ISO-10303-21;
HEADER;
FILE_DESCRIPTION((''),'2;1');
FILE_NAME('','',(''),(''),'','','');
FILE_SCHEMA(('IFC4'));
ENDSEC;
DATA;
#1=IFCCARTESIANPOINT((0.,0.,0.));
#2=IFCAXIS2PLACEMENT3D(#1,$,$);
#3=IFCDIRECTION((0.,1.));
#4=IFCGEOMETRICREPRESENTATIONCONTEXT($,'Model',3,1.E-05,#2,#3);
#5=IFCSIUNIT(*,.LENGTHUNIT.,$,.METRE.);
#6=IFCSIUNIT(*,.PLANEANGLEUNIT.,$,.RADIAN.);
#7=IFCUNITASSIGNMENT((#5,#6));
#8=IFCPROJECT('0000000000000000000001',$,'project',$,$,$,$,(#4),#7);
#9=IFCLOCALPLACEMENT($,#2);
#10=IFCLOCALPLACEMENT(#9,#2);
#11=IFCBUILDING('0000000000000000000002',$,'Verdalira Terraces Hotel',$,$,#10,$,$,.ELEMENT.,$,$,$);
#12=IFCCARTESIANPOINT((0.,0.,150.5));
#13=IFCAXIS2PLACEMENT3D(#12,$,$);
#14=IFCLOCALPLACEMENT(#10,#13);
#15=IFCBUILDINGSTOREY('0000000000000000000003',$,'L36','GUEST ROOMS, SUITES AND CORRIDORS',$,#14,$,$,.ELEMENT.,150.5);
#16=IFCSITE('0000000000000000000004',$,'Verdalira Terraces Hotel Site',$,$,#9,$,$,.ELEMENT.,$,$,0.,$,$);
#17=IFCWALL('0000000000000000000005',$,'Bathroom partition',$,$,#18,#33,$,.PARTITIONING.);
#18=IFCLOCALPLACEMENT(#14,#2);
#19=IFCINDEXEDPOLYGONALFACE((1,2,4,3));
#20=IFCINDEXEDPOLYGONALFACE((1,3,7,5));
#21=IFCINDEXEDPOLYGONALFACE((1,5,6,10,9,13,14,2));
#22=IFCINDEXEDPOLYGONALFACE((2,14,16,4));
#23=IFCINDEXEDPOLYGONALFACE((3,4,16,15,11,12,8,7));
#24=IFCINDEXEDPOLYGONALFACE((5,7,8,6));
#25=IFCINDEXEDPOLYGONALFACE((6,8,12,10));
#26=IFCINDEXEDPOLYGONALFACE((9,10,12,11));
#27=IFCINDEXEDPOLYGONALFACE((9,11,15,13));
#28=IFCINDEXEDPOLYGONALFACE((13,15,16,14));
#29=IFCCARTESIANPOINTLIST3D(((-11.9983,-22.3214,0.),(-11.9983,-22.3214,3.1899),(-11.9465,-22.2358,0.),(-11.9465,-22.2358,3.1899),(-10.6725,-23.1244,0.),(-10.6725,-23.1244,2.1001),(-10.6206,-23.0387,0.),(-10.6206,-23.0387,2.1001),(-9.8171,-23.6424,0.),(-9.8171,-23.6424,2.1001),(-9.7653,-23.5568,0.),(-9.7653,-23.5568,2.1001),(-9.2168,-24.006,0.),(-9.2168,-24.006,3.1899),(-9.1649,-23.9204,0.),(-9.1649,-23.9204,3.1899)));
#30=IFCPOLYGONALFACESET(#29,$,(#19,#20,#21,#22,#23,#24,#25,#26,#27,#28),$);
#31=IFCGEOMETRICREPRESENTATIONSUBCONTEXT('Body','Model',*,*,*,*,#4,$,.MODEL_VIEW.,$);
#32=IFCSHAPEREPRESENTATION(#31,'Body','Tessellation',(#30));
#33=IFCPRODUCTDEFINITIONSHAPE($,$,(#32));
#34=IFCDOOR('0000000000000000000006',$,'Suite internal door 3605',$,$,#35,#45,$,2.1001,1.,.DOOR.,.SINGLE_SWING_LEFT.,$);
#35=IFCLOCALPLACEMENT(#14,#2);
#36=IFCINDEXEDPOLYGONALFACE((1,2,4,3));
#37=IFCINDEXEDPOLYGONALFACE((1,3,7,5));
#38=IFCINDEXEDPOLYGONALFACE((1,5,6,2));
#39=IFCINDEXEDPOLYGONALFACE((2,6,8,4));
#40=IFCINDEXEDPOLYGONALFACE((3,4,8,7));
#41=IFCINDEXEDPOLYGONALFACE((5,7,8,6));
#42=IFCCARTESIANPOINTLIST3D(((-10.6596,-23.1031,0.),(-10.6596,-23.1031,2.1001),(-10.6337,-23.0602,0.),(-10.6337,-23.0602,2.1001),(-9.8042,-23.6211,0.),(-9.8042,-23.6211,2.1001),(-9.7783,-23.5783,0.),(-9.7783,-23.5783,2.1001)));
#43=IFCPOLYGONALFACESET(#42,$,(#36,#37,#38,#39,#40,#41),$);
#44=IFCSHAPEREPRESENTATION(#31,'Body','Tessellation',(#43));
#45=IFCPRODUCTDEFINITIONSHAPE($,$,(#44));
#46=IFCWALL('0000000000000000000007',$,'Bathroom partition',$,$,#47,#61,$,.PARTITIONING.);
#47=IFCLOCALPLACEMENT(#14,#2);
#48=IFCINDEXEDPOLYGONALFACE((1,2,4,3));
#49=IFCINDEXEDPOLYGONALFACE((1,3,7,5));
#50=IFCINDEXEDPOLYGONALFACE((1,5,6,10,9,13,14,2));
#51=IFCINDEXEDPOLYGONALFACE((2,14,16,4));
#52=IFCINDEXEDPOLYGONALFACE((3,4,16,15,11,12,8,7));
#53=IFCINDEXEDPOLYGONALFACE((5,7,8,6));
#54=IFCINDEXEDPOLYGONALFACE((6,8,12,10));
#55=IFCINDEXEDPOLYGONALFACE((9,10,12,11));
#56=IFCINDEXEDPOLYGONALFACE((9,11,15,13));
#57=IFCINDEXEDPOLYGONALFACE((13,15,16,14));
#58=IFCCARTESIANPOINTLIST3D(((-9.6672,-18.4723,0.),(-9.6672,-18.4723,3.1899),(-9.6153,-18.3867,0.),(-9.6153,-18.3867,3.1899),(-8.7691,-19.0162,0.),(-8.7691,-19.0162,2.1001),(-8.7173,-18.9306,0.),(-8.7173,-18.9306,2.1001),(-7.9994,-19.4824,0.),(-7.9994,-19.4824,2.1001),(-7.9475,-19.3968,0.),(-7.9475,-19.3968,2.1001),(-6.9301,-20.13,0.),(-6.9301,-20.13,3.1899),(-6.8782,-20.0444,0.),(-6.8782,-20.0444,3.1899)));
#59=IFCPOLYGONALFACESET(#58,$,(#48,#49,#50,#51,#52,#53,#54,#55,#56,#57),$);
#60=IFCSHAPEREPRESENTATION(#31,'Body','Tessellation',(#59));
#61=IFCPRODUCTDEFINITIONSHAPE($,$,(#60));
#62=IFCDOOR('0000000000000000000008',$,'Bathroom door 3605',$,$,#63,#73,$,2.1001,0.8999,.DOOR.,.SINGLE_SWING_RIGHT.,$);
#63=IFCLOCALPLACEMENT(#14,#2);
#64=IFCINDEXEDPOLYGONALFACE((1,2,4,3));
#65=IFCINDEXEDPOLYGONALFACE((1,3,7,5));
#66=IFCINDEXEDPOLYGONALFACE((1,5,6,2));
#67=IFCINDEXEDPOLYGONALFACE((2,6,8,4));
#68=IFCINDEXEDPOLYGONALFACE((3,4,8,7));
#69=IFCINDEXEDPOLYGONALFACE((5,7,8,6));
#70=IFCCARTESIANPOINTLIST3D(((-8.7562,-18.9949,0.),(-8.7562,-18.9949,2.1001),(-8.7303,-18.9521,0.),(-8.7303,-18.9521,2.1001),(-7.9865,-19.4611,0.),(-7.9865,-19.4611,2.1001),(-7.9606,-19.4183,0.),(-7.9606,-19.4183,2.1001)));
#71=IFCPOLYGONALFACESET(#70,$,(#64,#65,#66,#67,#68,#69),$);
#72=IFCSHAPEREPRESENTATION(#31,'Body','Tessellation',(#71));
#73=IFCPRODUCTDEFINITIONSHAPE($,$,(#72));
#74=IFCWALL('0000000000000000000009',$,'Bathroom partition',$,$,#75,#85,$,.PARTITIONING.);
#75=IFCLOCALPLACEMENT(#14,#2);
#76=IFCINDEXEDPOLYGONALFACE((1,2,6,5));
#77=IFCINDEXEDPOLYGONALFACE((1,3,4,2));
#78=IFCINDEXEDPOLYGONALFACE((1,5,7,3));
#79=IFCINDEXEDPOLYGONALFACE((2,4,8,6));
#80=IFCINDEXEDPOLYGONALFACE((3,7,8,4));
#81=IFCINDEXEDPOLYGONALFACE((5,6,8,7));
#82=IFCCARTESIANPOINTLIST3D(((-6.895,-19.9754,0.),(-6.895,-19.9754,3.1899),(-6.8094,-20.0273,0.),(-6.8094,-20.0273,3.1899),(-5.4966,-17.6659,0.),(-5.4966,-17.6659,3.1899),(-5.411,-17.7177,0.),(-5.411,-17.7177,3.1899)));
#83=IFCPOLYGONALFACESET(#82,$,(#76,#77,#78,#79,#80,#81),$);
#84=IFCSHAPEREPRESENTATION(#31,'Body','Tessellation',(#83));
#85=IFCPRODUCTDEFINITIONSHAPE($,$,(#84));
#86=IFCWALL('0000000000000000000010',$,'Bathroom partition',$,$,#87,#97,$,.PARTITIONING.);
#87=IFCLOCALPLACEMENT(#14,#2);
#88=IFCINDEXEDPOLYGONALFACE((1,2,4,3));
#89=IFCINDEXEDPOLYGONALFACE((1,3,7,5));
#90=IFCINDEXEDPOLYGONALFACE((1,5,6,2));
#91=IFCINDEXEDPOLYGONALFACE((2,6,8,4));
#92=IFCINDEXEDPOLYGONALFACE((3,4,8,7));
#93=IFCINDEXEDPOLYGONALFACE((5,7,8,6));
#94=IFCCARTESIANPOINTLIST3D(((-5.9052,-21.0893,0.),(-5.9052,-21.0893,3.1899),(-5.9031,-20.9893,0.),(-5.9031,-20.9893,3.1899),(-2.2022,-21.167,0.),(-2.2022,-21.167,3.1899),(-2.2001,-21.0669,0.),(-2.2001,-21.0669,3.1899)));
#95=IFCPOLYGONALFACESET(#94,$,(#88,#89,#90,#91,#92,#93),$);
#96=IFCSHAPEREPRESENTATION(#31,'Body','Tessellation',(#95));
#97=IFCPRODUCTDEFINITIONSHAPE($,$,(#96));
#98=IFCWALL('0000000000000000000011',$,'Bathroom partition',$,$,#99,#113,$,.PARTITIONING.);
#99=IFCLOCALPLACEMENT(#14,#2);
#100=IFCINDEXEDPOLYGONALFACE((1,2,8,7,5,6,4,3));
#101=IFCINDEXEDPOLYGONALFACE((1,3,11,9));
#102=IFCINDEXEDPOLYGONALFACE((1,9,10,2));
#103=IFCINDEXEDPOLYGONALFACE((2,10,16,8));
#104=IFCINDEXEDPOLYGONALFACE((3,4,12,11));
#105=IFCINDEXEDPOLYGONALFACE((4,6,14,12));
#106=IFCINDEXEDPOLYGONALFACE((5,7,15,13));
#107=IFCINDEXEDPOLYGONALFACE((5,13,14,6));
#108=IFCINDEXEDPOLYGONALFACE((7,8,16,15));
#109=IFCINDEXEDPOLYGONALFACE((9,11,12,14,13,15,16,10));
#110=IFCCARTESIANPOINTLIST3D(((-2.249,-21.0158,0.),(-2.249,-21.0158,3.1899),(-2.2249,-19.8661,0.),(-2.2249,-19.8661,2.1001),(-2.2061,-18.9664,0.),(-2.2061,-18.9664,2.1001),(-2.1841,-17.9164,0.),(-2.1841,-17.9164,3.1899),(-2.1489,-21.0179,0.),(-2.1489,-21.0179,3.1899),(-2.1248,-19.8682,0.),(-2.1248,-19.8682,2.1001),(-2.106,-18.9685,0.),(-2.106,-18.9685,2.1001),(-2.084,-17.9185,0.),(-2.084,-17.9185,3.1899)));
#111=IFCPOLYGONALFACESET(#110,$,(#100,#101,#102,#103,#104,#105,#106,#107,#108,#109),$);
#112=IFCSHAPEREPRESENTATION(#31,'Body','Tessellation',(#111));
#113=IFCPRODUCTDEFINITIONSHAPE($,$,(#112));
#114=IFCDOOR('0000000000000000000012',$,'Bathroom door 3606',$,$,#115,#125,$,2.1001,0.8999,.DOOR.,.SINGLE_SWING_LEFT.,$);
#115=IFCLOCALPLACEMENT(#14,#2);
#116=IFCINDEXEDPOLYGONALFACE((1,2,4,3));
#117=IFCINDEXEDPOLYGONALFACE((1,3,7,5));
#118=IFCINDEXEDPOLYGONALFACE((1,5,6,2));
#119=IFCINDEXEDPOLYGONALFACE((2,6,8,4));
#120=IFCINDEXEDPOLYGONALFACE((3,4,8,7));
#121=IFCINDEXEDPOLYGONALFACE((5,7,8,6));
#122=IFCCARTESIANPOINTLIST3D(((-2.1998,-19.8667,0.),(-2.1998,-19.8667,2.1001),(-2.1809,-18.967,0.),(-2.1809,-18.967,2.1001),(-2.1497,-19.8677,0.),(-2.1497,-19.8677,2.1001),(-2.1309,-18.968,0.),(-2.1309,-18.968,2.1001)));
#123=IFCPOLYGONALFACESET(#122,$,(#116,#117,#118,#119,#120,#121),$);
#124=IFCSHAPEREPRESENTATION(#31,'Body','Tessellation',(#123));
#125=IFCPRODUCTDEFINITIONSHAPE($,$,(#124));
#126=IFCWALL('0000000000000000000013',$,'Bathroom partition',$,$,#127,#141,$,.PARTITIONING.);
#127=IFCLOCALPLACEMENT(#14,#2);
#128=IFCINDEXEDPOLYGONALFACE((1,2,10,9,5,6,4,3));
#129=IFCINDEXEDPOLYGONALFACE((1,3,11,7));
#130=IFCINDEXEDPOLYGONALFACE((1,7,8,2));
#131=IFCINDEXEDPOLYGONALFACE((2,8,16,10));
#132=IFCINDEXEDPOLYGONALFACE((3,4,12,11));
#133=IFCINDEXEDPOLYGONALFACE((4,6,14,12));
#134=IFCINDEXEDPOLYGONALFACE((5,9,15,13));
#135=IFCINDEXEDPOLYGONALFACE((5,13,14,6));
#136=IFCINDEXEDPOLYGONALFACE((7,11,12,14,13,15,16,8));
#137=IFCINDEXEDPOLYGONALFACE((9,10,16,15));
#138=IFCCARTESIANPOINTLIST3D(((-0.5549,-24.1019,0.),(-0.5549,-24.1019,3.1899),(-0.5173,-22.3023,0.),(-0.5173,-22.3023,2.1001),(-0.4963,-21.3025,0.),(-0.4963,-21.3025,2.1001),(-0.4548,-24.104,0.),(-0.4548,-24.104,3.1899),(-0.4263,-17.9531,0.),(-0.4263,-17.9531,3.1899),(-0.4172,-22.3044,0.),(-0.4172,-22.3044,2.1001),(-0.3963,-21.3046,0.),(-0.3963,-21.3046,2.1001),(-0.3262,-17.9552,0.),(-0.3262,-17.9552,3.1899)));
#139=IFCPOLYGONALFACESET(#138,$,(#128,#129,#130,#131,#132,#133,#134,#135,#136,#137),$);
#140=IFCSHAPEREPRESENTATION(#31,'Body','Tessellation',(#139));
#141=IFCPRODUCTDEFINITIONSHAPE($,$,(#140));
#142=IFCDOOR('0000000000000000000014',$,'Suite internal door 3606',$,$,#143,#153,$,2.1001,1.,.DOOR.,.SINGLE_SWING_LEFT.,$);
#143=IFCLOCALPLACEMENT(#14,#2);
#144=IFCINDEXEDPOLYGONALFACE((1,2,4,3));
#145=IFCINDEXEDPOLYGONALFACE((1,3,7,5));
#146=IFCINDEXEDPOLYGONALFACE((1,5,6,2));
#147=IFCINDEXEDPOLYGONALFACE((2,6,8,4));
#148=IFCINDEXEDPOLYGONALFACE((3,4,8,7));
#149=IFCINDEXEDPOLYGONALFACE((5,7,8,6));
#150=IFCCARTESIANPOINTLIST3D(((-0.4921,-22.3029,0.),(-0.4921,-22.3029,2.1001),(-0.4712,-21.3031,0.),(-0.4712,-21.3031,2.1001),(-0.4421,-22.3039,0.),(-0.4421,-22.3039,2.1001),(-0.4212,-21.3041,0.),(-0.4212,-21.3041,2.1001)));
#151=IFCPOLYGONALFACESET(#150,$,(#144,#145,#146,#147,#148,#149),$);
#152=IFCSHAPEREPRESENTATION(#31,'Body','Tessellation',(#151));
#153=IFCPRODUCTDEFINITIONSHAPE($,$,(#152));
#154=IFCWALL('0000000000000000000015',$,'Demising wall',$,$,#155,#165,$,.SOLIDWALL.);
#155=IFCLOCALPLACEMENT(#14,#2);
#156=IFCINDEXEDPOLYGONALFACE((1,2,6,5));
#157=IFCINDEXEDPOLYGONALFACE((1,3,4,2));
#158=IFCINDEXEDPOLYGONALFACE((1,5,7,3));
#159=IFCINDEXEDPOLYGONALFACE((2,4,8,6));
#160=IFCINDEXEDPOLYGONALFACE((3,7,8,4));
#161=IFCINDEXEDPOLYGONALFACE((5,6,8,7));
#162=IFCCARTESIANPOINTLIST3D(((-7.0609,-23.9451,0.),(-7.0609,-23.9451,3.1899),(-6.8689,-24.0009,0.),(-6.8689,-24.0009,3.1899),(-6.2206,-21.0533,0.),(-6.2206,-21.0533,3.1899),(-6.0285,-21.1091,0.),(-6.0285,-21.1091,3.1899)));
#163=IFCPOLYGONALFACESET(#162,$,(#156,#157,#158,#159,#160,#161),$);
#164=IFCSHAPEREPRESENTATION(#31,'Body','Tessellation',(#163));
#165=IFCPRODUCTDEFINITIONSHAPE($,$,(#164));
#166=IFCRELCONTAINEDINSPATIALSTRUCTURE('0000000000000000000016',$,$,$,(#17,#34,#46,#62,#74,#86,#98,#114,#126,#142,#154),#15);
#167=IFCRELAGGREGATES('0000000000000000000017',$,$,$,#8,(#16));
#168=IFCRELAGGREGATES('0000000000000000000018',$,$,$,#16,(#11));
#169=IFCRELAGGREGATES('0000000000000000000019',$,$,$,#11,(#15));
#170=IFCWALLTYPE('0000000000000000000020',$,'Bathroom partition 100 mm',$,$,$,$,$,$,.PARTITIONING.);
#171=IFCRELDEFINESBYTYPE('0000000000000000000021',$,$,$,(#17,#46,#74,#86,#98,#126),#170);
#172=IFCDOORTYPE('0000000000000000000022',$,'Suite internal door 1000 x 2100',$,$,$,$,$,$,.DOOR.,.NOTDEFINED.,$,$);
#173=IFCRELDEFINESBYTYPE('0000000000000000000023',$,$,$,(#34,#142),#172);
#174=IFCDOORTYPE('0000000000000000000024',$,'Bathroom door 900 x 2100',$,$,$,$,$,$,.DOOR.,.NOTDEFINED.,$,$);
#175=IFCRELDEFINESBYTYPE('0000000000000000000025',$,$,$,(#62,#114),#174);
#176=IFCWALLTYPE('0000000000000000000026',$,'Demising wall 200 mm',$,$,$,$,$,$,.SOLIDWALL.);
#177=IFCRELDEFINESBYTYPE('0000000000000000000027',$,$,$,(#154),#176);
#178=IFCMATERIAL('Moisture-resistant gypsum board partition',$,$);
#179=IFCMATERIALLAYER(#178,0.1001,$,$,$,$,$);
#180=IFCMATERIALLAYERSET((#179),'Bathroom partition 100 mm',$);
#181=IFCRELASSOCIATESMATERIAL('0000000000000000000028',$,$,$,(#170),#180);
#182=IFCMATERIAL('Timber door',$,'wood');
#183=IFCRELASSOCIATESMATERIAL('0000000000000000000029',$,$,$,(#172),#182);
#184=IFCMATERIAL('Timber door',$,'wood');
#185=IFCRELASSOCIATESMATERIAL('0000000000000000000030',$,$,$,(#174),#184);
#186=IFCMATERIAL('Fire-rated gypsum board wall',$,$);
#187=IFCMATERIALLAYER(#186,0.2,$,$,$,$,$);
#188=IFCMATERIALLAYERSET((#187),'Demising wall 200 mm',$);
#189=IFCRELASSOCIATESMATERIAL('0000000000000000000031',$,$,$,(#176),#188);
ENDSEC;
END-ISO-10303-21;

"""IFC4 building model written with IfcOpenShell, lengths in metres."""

from ifc_helpers import new_model, si_unit, direction, frame, frame_2d, origin, place, context, subcontext, project, spatial, rectangle, extrude, material, layer, layer_set, type_object, element, fill, save


model = new_model("IFC4")

# Units and contexts
model_context = context("Model", 3, precision=1e-05, world=origin(), true_north=direction((0.0, 1.0)))
body_context = subcontext(model_context, "Body", "Model", "MODEL_VIEW")
ifc_project = project(units=[si_unit("LENGTHUNIT", "METRE"), si_unit("PLANEANGLEUNIT", "RADIAN")], contexts=[model_context])

# Site, building, storey
site_placement = place(None, origin())
site = spatial("IfcSite", under=ifc_project, at=site_placement, Name="Verdalira Terraces Hotel Site", CompositionType="ELEMENT", RefElevation=0.0)
building_placement = place(site_placement, origin())
building = spatial("IfcBuilding", under=site, at=building_placement, Name="Verdalira Terraces Hotel", CompositionType="ELEMENT")
storey_placement = place(building_placement, frame((0.0, 0.0, 150.5)))
storey = spatial("IfcBuildingStorey", under=building, at=storey_placement, Name="L36", Description="GUEST ROOMS, SUITES AND CORRIDORS", CompositionType="ELEMENT", Elevation=150.5)

# Walls, openings, doors
ifc_material_1 = material(Name="Moisture-resistant gypsum board partition")
ifc_layer_1 = layer(ifc_material_1, 0.1001)
ifc_layer_set_1 = layer_set([ifc_layer_1], Name="Bathroom partition 100 mm")
wall_type_1 = type_object("IfcWallType", Name="Bathroom partition 100 mm", PredefinedType="PARTITIONING", material=ifc_layer_set_1)
wall_1_placement = place(storey_placement, frame((-11.9724, -22.2786, 0.0), z_axis=(0.0, 0.0, 1.0), x_axis=(0.855359, -0.518035, 0.0)))
wall_1 = element("IfcWall", 1, at=wall_1_placement, inside=storey, type_object=wall_type_1, Name="Bathroom partition", PredefinedType="PARTITIONING", context=body_context, shape_type="SweptSolid", body=[
    extrude(rectangle(XDim=3.252, YDim=0.1001, at=frame_2d((1.626, 0.0))), origin(), (0.0, 0.0, 1.0), 3.1899),
])
opening_1_placement = place(wall_1_placement, frame((1.55, 0.0, 0.0)))
opening_1 = element("IfcOpeningElement", 2, at=opening_1_placement, cuts=wall_1, PredefinedType="OPENING", context=body_context, shape_type="SweptSolid", body=[
    extrude(rectangle(XDim=1.0, YDim=2.1001, at=frame_2d((0.5, 1.05))), frame((0.0, 0.0601, 0.0), z_axis=(0.0, -1.0, 0.0), x_axis=(1.0, 0.0, 0.0)), (0.0, 0.0, 1.0), 0.1201),
])
ifc_material_2 = material(Name="Timber door", Category="wood")
door_type_1 = type_object("IfcDoorType", Name="Suite internal door 1000 x 2100", OperationType="NOTDEFINED", PredefinedType="DOOR", material=ifc_material_2)
door_1_placement = place(opening_1_placement, origin())
door_1 = element("IfcDoor", 3, at=door_1_placement, inside=storey, type_object=door_type_1, Name="Suite internal door 3605", OperationType="SINGLE_SWING_LEFT", OverallHeight=2.1001, OverallWidth=1.0, PredefinedType="DOOR", context=body_context, shape_type="SweptSolid", body=[
    extrude(rectangle(XDim=1.0, YDim=2.1001, at=frame_2d((0.5, 1.05))), frame((0.0, 0.0249, 0.0), z_axis=(0.0, -1.0, 0.0), x_axis=(1.0, 0.0, 0.0)), (0.0, 0.0, 1.0), 0.05),
])
fill(opening_1, door_1)
wall_2_placement = place(storey_placement, frame((-9.6414, -18.4294, 0.0), z_axis=(0.0, 0.0, 1.0), x_axis=(0.855352, -0.518048, 0.0)))
wall_2 = element("IfcWall", 4, at=wall_2_placement, inside=storey, type_object=wall_type_1, Name="Bathroom partition", PredefinedType="PARTITIONING", context=body_context, shape_type="SweptSolid", body=[
    extrude(rectangle(XDim=3.2, YDim=0.1001, at=frame_2d((1.6001, 0.0))), origin(), (0.0, 0.0, 1.0), 3.1899),
])
opening_2_placement = place(wall_2_placement, frame((1.05, 0.0, 0.0)))
opening_2 = element("IfcOpeningElement", 5, at=opening_2_placement, cuts=wall_2, PredefinedType="OPENING", context=body_context, shape_type="SweptSolid", body=[
    extrude(rectangle(XDim=0.8999, YDim=2.1001, at=frame_2d((0.45, 1.05))), frame((0.0, 0.0601, 0.0), z_axis=(0.0, -1.0, 0.0), x_axis=(1.0, 0.0, 0.0)), (0.0, 0.0, 1.0), 0.1201),
])
ifc_material_3 = material(Name="Timber door", Category="wood")
door_type_2 = type_object("IfcDoorType", Name="Bathroom door 900 x 2100", OperationType="NOTDEFINED", PredefinedType="DOOR", material=ifc_material_3)
door_2_placement = place(opening_2_placement, origin())
door_2 = element("IfcDoor", 6, at=door_2_placement, inside=storey, type_object=door_type_2, Name="Bathroom door 3605", OperationType="SINGLE_SWING_RIGHT", OverallHeight=2.1001, OverallWidth=0.8999, PredefinedType="DOOR", context=body_context, shape_type="SweptSolid", body=[
    extrude(rectangle(XDim=0.8999, YDim=2.1001, at=frame_2d((0.45, 1.05))), frame((0.0, 0.0249, 0.0), z_axis=(0.0, -1.0, 0.0), x_axis=(1.0, 0.0, 0.0)), (0.0, 0.0, 1.0), 0.05),
])
fill(opening_2, door_2)

# Walls
wall_3_placement = place(storey_placement, frame((-6.8523, -20.0015, 0.0), z_axis=(0.0, 0.0, 1.0), x_axis=(0.517949, 0.855412, 0.0)))
element("IfcWall", 7, at=wall_3_placement, inside=storey, type_object=wall_type_1, Name="Bathroom partition", PredefinedType="PARTITIONING", context=body_context, shape_type="SweptSolid", body=[
    extrude(rectangle(XDim=2.7, YDim=0.1001, at=frame_2d((1.3501, 0.0))), origin(), (0.0, 0.0, 1.0), 3.1899),
])
wall_4_placement = place(storey_placement, frame((-5.9043, -21.0393, 0.0), z_axis=(0.0, 0.0, 1.0), x_axis=(0.99978, -0.020961, 0.0)))
element("IfcWall", 8, at=wall_4_placement, inside=storey, type_object=wall_type_1, Name="Bathroom partition", PredefinedType="PARTITIONING", context=body_context, shape_type="SweptSolid", body=[
    extrude(rectangle(XDim=3.7039, YDim=0.1001, at=frame_2d((1.8521, 0.0))), origin(), (0.0, 0.0, 1.0), 3.1899),
])

# Walls, openings, doors
wall_5_placement = place(storey_placement, frame((-2.199, -21.0168, 0.0), z_axis=(0.0, 0.0, 1.0), x_axis=(0.020949, 0.999781, 0.0)))
wall_5 = element("IfcWall", 9, at=wall_5_placement, inside=storey, type_object=wall_type_1, Name="Bathroom partition", PredefinedType="PARTITIONING", context=body_context, shape_type="SweptSolid", body=[
    extrude(rectangle(XDim=3.1001, YDim=0.1001, at=frame_2d((1.55, 0.0))), origin(), (0.0, 0.0, 1.0), 3.1899),
])
opening_3_placement = place(wall_5_placement, frame((1.1499, 0.0, 0.0)))
opening_3 = element("IfcOpeningElement", 10, at=opening_3_placement, cuts=wall_5, PredefinedType="OPENING", context=body_context, shape_type="SweptSolid", body=[
    extrude(rectangle(XDim=0.8999, YDim=2.1001, at=frame_2d((0.45, 1.05))), frame((0.0, 0.0601, 0.0), z_axis=(0.0, -1.0, 0.0), x_axis=(1.0, 0.0, 0.0)), (0.0, 0.0, 1.0), 0.1201),
])
door_3_placement = place(opening_3_placement, origin())
door_3 = element("IfcDoor", 11, at=door_3_placement, inside=storey, type_object=door_type_2, Name="Bathroom door 3606", OperationType="SINGLE_SWING_LEFT", OverallHeight=2.1001, OverallWidth=0.8999, PredefinedType="DOOR", context=body_context, shape_type="SweptSolid", body=[
    extrude(rectangle(XDim=0.8999, YDim=2.1001, at=frame_2d((0.45, 1.05))), frame((0.0, 0.0249, 0.0), z_axis=(0.0, -1.0, 0.0), x_axis=(1.0, 0.0, 0.0)), (0.0, 0.0, 1.0), 0.05),
])
fill(opening_3, door_3)
wall_6_placement = place(storey_placement, frame((-0.5049, -24.103, 0.0), z_axis=(0.0, 0.0, 1.0), x_axis=(0.020921, 0.999781, 0.0)))
wall_6 = element("IfcWall", 12, at=wall_6_placement, inside=storey, type_object=wall_type_1, Name="Bathroom partition", PredefinedType="PARTITIONING", context=body_context, shape_type="SweptSolid", body=[
    extrude(rectangle(XDim=6.1501, YDim=0.1001, at=frame_2d((3.0752, 0.0))), origin(), (0.0, 0.0, 1.0), 3.1899),
])
opening_4_placement = place(wall_6_placement, frame((1.8, 0.0, 0.0)))
opening_4 = element("IfcOpeningElement", 13, at=opening_4_placement, cuts=wall_6, PredefinedType="OPENING", context=body_context, shape_type="SweptSolid", body=[
    extrude(rectangle(XDim=1.0, YDim=2.1001, at=frame_2d((0.5, 1.05))), frame((0.0, 0.0601, 0.0), z_axis=(0.0, -1.0, 0.0), x_axis=(1.0, 0.0, 0.0)), (0.0, 0.0, 1.0), 0.1201),
])
door_4_placement = place(opening_4_placement, origin())
door_4 = element("IfcDoor", 14, at=door_4_placement, inside=storey, type_object=door_type_1, Name="Suite internal door 3606", OperationType="SINGLE_SWING_LEFT", OverallHeight=2.1001, OverallWidth=1.0, PredefinedType="DOOR", context=body_context, shape_type="SweptSolid", body=[
    extrude(rectangle(XDim=1.0, YDim=2.1001, at=frame_2d((0.5, 1.05))), frame((0.0, 0.0249, 0.0), z_axis=(0.0, -1.0, 0.0), x_axis=(1.0, 0.0, 0.0)), (0.0, 0.0, 1.0), 0.05),
])
fill(opening_4, door_4)

# Wall
ifc_material_4 = material(Name="Fire-rated gypsum board wall")
ifc_layer_2 = layer(ifc_material_4, 0.2)
ifc_layer_set_2 = layer_set([ifc_layer_2], Name="Demising wall 200 mm")
wall_type_2 = type_object("IfcWallType", Name="Demising wall 200 mm", PredefinedType="SOLIDWALL", material=ifc_layer_set_2)
wall_7_placement = place(storey_placement, frame((-6.1245, -21.0811, 0.0), z_axis=(0.0, 0.0, 1.0), x_axis=(-0.279044, -0.960278, 0.0)))
element("IfcWall", 15, at=wall_7_placement, inside=storey, type_object=wall_type_2, Name="Demising wall", PredefinedType="SOLIDWALL", context=body_context, shape_type="SweptSolid", body=[
    extrude(rectangle(XDim=3.0115, YDim=0.2, at=frame_2d((1.5059, 0.0))), origin(), (0.0, 0.0, 1.0), 3.1899),
])

save(model, "model.ifc")
